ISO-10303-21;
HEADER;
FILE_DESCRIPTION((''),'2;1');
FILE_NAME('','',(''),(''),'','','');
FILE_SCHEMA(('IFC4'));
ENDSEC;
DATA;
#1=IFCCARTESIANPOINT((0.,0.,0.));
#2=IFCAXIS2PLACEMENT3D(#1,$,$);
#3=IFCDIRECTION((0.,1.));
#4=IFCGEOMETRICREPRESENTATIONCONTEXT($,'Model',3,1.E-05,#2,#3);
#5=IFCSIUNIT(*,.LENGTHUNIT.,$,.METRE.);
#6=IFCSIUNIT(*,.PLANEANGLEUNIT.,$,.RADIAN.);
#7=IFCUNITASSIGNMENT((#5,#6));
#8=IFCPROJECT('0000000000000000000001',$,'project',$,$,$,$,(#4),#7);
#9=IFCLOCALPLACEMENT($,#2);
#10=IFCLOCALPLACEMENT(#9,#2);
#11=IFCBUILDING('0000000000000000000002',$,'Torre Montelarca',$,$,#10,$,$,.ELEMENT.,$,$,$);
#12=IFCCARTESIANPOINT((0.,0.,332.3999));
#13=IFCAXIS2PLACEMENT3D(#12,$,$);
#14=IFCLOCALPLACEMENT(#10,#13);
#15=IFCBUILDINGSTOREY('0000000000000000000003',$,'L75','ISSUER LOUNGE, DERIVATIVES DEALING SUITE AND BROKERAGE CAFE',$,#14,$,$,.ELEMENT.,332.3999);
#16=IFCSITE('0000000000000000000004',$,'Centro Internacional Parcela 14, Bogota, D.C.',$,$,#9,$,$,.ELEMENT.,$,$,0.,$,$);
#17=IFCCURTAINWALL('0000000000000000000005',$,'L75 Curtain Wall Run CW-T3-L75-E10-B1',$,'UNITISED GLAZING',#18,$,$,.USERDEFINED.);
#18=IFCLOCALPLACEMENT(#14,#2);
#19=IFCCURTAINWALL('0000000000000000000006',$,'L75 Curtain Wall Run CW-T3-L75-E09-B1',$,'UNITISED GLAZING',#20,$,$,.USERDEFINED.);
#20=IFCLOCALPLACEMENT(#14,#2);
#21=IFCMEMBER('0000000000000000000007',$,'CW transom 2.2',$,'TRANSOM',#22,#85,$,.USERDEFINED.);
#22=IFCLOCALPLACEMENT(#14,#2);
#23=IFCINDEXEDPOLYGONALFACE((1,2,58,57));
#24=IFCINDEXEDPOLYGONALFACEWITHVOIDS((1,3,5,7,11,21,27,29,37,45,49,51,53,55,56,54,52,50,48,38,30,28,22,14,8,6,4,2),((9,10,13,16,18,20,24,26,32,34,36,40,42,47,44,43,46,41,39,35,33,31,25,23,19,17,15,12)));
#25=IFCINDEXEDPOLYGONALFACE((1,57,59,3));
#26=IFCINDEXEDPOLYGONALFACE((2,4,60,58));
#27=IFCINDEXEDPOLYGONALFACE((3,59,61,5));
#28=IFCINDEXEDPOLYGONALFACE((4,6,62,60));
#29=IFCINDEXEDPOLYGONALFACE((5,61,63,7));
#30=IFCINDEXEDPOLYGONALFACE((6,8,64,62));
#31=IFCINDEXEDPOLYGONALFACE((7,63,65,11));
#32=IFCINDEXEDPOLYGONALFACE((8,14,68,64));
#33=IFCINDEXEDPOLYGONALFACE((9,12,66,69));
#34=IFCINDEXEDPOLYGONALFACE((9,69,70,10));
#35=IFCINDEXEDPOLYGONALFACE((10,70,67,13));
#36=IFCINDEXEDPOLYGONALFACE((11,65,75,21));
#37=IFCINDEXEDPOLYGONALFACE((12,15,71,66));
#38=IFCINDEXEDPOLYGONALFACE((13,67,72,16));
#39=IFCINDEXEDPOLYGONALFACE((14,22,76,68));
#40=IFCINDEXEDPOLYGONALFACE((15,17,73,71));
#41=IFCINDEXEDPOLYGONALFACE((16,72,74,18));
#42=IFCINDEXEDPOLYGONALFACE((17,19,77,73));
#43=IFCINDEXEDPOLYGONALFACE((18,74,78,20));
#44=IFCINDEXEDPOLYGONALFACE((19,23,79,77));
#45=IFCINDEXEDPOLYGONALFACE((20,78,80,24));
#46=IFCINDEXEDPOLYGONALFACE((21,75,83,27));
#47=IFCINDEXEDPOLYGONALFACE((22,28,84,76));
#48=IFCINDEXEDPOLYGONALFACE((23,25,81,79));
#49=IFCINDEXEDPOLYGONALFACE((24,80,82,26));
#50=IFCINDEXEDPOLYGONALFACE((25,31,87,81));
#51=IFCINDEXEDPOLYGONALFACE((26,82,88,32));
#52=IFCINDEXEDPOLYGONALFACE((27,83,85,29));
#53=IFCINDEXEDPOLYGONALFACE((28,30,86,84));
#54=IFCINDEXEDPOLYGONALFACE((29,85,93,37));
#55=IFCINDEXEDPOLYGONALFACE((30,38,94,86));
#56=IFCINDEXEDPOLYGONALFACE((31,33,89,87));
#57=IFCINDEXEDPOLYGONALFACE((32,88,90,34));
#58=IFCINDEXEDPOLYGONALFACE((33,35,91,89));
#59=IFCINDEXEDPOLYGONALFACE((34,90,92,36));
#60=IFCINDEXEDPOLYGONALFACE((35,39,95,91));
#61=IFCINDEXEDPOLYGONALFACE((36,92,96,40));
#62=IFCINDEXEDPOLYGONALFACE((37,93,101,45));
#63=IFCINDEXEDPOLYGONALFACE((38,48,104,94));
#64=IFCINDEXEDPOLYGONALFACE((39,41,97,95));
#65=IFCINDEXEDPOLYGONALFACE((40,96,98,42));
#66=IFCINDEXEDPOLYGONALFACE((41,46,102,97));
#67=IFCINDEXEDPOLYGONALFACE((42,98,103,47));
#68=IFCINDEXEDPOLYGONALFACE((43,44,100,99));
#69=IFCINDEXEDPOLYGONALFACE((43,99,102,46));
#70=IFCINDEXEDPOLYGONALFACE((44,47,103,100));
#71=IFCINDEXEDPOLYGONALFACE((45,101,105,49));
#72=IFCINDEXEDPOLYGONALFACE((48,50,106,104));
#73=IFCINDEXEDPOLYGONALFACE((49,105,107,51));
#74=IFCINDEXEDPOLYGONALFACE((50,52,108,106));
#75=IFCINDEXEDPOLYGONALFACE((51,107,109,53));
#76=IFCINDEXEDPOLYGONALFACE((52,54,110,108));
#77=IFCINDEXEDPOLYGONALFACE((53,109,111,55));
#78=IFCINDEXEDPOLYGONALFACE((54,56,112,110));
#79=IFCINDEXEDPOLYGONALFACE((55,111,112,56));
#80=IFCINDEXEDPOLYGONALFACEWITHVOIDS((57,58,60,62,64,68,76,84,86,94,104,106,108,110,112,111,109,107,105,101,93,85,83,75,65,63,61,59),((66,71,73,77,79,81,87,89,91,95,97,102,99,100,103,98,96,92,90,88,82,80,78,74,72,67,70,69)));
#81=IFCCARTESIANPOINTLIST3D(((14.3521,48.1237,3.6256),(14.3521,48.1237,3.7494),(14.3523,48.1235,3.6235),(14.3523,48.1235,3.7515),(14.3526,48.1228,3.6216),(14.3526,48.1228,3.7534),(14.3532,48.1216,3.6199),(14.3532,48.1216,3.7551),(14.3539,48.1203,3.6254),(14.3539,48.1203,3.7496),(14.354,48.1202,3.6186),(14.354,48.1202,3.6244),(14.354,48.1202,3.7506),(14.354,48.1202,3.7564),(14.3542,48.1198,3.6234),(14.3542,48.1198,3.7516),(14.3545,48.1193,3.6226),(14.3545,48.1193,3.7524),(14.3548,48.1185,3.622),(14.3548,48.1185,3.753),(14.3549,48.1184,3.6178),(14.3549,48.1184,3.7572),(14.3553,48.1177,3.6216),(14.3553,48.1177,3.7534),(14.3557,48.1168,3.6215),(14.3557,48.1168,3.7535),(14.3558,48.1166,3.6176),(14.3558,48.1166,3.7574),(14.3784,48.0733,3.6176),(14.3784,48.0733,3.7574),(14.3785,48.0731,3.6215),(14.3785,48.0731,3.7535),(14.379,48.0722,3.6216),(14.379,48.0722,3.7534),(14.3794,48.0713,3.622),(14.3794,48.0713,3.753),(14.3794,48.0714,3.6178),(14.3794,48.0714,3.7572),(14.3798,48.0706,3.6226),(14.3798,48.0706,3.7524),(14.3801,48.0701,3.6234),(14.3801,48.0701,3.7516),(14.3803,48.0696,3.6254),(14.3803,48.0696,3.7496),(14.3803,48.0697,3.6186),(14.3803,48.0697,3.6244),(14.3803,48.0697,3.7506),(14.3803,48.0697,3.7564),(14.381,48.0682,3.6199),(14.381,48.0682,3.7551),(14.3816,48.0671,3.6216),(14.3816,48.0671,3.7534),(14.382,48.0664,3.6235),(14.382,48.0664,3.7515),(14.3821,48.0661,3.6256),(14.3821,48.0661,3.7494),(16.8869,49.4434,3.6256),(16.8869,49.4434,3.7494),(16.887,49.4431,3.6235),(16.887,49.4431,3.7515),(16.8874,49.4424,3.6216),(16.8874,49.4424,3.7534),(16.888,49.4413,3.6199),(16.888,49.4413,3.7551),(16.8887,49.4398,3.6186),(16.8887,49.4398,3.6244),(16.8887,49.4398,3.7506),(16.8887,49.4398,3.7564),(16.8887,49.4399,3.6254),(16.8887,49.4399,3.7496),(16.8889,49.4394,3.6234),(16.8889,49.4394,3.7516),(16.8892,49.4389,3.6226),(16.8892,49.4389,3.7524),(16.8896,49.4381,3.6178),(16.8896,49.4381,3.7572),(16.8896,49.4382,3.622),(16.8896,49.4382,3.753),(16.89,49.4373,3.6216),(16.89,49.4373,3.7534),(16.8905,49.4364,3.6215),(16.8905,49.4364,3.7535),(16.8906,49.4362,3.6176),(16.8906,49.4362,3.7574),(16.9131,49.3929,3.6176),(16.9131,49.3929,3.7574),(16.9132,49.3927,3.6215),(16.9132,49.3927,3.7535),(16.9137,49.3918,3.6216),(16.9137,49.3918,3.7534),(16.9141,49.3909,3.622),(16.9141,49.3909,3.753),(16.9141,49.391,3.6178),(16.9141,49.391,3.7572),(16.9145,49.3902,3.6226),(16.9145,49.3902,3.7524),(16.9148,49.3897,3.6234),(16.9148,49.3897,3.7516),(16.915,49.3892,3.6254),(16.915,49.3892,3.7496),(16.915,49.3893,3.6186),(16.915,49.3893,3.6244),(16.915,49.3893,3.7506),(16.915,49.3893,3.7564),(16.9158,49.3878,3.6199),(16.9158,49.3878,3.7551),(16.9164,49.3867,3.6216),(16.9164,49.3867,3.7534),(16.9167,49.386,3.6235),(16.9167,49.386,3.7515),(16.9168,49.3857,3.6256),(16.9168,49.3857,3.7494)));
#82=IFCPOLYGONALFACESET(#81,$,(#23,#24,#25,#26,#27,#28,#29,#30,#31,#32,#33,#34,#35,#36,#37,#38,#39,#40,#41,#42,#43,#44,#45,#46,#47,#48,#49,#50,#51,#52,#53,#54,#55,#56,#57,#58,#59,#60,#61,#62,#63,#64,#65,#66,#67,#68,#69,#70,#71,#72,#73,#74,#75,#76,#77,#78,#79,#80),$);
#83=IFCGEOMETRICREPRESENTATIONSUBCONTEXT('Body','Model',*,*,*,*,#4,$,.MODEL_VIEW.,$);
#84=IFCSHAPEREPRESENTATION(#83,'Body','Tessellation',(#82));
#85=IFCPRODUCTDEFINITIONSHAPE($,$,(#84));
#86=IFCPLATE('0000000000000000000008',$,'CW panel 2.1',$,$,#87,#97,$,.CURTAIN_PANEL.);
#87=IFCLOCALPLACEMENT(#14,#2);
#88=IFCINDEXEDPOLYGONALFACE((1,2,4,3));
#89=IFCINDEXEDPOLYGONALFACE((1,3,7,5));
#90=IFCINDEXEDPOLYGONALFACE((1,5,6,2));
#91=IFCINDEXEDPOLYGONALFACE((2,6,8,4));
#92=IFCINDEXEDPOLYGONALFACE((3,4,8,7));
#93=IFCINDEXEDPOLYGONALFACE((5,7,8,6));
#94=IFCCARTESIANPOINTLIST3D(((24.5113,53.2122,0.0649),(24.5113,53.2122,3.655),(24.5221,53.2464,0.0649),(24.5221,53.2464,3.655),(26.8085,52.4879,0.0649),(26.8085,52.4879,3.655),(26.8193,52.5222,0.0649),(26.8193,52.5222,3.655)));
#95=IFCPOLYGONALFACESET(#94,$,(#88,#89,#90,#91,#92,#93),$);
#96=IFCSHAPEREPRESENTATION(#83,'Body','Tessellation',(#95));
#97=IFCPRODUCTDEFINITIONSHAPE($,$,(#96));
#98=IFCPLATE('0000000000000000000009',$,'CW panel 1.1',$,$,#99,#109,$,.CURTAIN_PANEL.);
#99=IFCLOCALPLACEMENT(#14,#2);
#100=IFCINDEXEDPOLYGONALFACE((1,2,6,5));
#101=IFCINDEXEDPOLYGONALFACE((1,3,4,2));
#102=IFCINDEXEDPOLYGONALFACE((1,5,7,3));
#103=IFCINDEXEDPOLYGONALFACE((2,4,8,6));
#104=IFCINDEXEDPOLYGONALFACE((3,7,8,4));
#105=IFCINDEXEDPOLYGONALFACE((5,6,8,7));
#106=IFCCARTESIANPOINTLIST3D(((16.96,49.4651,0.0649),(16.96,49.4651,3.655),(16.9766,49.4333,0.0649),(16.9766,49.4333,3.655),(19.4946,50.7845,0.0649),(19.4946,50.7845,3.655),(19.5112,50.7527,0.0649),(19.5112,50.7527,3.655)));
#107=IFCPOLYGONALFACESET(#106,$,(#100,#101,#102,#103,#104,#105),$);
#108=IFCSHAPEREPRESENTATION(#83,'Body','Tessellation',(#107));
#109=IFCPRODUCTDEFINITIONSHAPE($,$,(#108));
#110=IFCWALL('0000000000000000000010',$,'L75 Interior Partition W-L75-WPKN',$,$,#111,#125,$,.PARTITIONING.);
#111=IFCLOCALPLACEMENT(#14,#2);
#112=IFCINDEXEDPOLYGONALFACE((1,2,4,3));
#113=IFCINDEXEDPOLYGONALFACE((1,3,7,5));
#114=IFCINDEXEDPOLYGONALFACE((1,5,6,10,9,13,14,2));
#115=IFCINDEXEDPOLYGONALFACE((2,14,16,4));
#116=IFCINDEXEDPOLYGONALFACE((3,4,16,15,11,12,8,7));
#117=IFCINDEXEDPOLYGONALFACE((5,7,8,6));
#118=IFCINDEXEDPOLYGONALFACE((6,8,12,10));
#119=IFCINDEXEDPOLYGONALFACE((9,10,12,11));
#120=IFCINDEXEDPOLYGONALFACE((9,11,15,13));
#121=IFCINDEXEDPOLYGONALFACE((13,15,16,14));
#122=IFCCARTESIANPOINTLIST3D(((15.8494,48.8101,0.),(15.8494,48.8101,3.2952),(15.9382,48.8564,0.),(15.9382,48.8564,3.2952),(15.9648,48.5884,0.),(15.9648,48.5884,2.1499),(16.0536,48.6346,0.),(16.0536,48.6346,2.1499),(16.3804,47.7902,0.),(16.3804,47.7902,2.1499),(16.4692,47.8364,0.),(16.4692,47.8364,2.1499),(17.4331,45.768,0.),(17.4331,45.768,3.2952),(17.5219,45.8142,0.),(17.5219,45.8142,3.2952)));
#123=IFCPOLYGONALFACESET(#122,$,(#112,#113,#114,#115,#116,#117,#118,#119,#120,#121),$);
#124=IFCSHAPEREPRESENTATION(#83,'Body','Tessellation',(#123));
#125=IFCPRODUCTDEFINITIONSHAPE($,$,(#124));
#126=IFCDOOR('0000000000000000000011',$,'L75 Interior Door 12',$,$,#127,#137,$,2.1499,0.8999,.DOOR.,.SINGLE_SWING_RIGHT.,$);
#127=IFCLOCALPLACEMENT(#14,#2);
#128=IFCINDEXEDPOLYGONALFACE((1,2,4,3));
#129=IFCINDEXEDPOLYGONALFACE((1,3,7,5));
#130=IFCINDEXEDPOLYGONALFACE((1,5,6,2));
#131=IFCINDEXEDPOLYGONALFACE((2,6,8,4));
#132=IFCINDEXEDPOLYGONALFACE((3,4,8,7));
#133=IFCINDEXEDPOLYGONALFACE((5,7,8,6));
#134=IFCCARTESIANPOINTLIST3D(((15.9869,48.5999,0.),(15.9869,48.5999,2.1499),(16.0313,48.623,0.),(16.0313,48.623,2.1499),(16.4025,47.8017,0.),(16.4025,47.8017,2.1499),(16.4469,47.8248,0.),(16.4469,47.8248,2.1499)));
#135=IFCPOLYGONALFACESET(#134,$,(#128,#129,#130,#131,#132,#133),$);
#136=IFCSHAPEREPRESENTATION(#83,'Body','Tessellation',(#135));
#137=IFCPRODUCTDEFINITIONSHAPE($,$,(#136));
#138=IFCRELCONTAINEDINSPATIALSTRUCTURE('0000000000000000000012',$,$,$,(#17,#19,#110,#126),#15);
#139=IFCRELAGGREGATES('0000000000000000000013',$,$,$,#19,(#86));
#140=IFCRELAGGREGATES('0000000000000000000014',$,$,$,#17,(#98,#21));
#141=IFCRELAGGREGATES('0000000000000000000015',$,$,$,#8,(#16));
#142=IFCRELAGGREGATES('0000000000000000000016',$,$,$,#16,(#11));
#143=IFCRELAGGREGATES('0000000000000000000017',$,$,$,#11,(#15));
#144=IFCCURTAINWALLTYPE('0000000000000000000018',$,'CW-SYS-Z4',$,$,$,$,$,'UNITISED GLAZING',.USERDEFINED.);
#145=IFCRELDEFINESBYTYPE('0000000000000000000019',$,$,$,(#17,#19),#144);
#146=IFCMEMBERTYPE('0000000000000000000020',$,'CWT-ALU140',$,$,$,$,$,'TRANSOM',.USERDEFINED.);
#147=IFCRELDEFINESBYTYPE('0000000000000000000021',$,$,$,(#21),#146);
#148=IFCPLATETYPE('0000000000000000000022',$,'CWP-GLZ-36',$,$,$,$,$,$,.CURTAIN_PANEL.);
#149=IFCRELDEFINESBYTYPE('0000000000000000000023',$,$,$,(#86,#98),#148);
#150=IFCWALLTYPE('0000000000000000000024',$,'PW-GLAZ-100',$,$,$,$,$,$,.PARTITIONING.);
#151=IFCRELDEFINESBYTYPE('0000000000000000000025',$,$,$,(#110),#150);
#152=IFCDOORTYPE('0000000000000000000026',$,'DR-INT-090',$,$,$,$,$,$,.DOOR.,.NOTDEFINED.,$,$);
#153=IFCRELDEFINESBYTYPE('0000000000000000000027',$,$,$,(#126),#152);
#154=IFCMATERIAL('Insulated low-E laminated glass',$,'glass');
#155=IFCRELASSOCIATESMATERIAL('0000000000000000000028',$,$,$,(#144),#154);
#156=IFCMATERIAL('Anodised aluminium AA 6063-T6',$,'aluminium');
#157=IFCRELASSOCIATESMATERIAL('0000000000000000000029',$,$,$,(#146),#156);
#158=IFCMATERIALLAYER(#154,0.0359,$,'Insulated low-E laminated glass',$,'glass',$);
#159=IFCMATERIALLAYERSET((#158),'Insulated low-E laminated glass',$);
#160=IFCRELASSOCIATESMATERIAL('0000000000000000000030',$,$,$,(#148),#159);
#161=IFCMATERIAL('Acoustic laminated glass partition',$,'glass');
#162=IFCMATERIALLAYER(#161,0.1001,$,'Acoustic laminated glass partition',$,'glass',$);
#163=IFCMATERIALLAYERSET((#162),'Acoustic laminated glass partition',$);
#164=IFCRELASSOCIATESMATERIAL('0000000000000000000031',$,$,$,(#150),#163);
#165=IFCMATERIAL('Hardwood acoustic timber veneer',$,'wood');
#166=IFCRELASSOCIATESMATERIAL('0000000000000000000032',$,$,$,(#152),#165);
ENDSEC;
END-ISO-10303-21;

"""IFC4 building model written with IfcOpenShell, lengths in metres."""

from ifc_helpers import new_model, si_unit, direction, frame, frame_2d, origin, origin_2d, place, context, subcontext, project, spatial, rectangle, hollow_rectangle, extrude, source, transform, mapped, material, layer, layer_set, material_profile, profile_set, type_object, element, fill, aggregate, save


model = new_model("IFC4")

# Units and contexts
model_context = context("Model", 3, precision=1e-05, world=origin(), true_north=direction((0.0, 1.0)))
body_context = subcontext(model_context, "Body", "Model", "MODEL_VIEW")
ifc_project = project(units=[si_unit("LENGTHUNIT", "METRE"), si_unit("PLANEANGLEUNIT", "RADIAN")], contexts=[model_context])

# Site, building, storey
site_placement = place(None, origin())
site = spatial("IfcSite", under=ifc_project, at=site_placement, Name="Centro Internacional Parcela 14, Bogota, D.C.", CompositionType="ELEMENT", RefElevation=0.0)
building_placement = place(site_placement, origin())
building = spatial("IfcBuilding", under=site, at=building_placement, Name="Torre Montelarca", CompositionType="ELEMENT")
storey_placement = place(building_placement, frame((0.0, 0.0, 332.3999)))
storey = spatial("IfcBuildingStorey", under=building, at=storey_placement, Name="L75", Description="ISSUER LOUNGE, DERIVATIVES DEALING SUITE AND BROKERAGE CAFE", CompositionType="ELEMENT", Elevation=332.3999)

# Curtain wall
ifc_material_1 = material(Name="Insulated low-E laminated glass", Category="glass")
curtain_wall_type = type_object("IfcCurtainWallType", Name="CW-SYS-Z4", ElementType="UNITISED GLAZING", PredefinedType="USERDEFINED", material=ifc_material_1)
curtain_wall_1_placement = place(storey_placement, origin())
curtain_wall_1 = element("IfcCurtainWall", 1, at=curtain_wall_1_placement, inside=storey, type_object=curtain_wall_type, Name="L75 Curtain Wall Run CW-T3-L75-E10-B1", ObjectType="UNITISED GLAZING", PredefinedType="USERDEFINED")
ifc_material_2 = material(Name="Anodised aluminium AA 6063-T6", Category="aluminium")
ifc_material_profile_1 = material_profile(ifc_material_2, hollow_rectangle(XDim=0.0649, YDim=0.1399, WallThickness=0.0039, InnerFilletRadius=0.0039, OuterFilletRadius=0.0081, at=origin_2d()), Name="ALU65X140X4", Category="aluminium")
ifc_profile_set_1 = profile_set([ifc_material_profile_1], Name="Anodised aluminium AA 6063-T6")
member_type_1 = type_object("IfcMemberType", Name="CWT-ALU140", ElementType="TRANSOM", PredefinedType="USERDEFINED", material=ifc_profile_set_1)

# Curtain wall
curtain_wall_2_placement = place(storey_placement, origin())
curtain_wall_2 = element("IfcCurtainWall", 2, at=curtain_wall_2_placement, inside=storey, type_object=curtain_wall_type, Name="L75 Curtain Wall Run CW-T3-L75-E09-B1", ObjectType="UNITISED GLAZING", PredefinedType="USERDEFINED")

# Member
shared_shape_1 = source(origin(), body_context, "Body", "SweptSolid", [
    extrude(hollow_rectangle(XDim=0.0649, YDim=0.1399, WallThickness=0.0039, InnerFilletRadius=0.0039, OuterFilletRadius=0.0081, at=origin_2d()), origin(), (0.0, 0.0, 1.0), 2.8577),
])
member_1_placement = place(storey_placement, frame((16.9019, 49.4146, 3.6875), z_axis=(-0.886994, -0.46178, 0.0), x_axis=(0.46178, -0.886994, 0.0)))
member_1 = element("IfcMember", 3, at=member_1_placement, type_object=member_type_1, Name="CW transom 2.2", ObjectType="TRANSOM", PredefinedType="USERDEFINED", context=body_context, shape_type="MappedRepresentation", body=[
    mapped(shared_shape_1, transform((0.0, 0.0, 0.0), scale=1.0)),
])

# Plates
ifc_layer_1 = layer(ifc_material_1, 0.0359, Name="Insulated low-E laminated glass", Category="glass")
ifc_layer_set_1 = layer_set([ifc_layer_1], Name="Insulated low-E laminated glass")
plate_type = type_object("IfcPlateType", Name="CWP-GLZ-36", PredefinedType="CURTAIN_PANEL", material=ifc_layer_set_1)
shared_shape_2 = source(origin(), body_context, "Body", "SweptSolid", [
    extrude(rectangle(XDim=2.4087, YDim=0.0359, at=origin_2d()), origin(), (0.0, 0.0, 1.0), 3.5901),
])
plate_1_placement = place(storey_placement, frame((25.6653, 52.8672, 0.0649), z_axis=(0.0, 0.0, 1.0), x_axis=(-0.953721, 0.300693, 0.0)))
plate_1 = element("IfcPlate", 4, at=plate_1_placement, type_object=plate_type, Name="CW panel 2.1", PredefinedType="CURTAIN_PANEL", context=body_context, shape_type="MappedRepresentation", body=[
    mapped(shared_shape_2, transform((0.0, 0.0, 0.0), scale=1.0)),
])
aggregate(curtain_wall_2, [plate_1])
shared_shape_3 = source(origin(), body_context, "Body", "SweptSolid", [
    extrude(rectangle(XDim=2.8574, YDim=0.0359, at=origin_2d()), origin(), (0.0, 0.0, 1.0), 3.5901),
])
plate_2_placement = place(storey_placement, frame((18.2356, 50.1089, 0.0649), z_axis=(0.0, 0.0, 1.0), x_axis=(-0.887008, -0.461753, 0.0)))
plate_2 = element("IfcPlate", 5, at=plate_2_placement, type_object=plate_type, Name="CW panel 1.1", PredefinedType="CURTAIN_PANEL", context=body_context, shape_type="MappedRepresentation", body=[
    mapped(shared_shape_3, transform((0.0, 0.0, 0.0), scale=1.0)),
])
aggregate(curtain_wall_1, [plate_2, member_1])

# Wall, opening, door
ifc_material_3 = material(Name="Acoustic laminated glass partition", Category="glass")
ifc_layer_2 = layer(ifc_material_3, 0.1001, Name="Acoustic laminated glass partition", Category="glass")
ifc_layer_set_2 = layer_set([ifc_layer_2], Name="Acoustic laminated glass partition")
wall_type_1 = type_object("IfcWallType", Name="PW-GLAZ-100", PredefinedType="PARTITIONING", material=ifc_layer_set_2)
wall_1_placement = place(storey_placement, frame((15.8938, 48.8333, 0.0), z_axis=(0.0, 0.0, 1.0), x_axis=(0.461761, -0.887005, 0.0)))
wall_1 = element("IfcWall", 6, at=wall_1_placement, inside=storey, type_object=wall_type_1, Name="L75 Interior Partition W-L75-WPKN", PredefinedType="PARTITIONING", context=body_context, shape_type="SweptSolid", body=[
    extrude(rectangle(XDim=3.4297, YDim=0.1001, at=frame_2d((1.7148, 0.0))), origin(), (0.0, 0.0, 1.0), 3.2952),
])
opening_1_placement = place(wall_1_placement, frame((0.25, 0.0, 0.0)))
opening_1 = element("IfcOpeningElement", 7, at=opening_1_placement, cuts=wall_1, PredefinedType="OPENING", context=body_context, shape_type="SweptSolid", body=[
    extrude(rectangle(XDim=0.8999, YDim=2.1499, at=frame_2d((0.45, 1.075))), frame((0.0, 0.0601, 0.0), z_axis=(0.0, -1.0, 0.0), x_axis=(1.0, 0.0, 0.0)), (0.0, 0.0, 1.0), 0.1201),
])
ifc_material_4 = material(Name="Hardwood acoustic timber veneer", Category="wood")
door_type_1 = type_object("IfcDoorType", Name="DR-INT-090", OperationType="NOTDEFINED", PredefinedType="DOOR", material=ifc_material_4)
shared_shape_4 = source(origin(), body_context, "Body", "SweptSolid", [
    extrude(rectangle(XDim=0.8999, YDim=2.1499, at=frame_2d((0.45, 1.075))), frame((0.0, 0.0249, 0.0), z_axis=(0.0, -1.0, 0.0), x_axis=(1.0, 0.0, 0.0)), (0.0, 0.0, 1.0), 0.05),
])
door_1_placement = place(opening_1_placement, origin())
door_1 = element("IfcDoor", 8, at=door_1_placement, inside=storey, type_object=door_type_1, Name="L75 Interior Door 12", OperationType="SINGLE_SWING_RIGHT", OverallHeight=2.1499, OverallWidth=0.8999, PredefinedType="DOOR", context=body_context, shape_type="MappedRepresentation", body=[
    mapped(shared_shape_4, transform((0.0, 0.0, 0.0), scale=1.0)),
])
fill(opening_1, door_1)

save(model, "model.ifc")
